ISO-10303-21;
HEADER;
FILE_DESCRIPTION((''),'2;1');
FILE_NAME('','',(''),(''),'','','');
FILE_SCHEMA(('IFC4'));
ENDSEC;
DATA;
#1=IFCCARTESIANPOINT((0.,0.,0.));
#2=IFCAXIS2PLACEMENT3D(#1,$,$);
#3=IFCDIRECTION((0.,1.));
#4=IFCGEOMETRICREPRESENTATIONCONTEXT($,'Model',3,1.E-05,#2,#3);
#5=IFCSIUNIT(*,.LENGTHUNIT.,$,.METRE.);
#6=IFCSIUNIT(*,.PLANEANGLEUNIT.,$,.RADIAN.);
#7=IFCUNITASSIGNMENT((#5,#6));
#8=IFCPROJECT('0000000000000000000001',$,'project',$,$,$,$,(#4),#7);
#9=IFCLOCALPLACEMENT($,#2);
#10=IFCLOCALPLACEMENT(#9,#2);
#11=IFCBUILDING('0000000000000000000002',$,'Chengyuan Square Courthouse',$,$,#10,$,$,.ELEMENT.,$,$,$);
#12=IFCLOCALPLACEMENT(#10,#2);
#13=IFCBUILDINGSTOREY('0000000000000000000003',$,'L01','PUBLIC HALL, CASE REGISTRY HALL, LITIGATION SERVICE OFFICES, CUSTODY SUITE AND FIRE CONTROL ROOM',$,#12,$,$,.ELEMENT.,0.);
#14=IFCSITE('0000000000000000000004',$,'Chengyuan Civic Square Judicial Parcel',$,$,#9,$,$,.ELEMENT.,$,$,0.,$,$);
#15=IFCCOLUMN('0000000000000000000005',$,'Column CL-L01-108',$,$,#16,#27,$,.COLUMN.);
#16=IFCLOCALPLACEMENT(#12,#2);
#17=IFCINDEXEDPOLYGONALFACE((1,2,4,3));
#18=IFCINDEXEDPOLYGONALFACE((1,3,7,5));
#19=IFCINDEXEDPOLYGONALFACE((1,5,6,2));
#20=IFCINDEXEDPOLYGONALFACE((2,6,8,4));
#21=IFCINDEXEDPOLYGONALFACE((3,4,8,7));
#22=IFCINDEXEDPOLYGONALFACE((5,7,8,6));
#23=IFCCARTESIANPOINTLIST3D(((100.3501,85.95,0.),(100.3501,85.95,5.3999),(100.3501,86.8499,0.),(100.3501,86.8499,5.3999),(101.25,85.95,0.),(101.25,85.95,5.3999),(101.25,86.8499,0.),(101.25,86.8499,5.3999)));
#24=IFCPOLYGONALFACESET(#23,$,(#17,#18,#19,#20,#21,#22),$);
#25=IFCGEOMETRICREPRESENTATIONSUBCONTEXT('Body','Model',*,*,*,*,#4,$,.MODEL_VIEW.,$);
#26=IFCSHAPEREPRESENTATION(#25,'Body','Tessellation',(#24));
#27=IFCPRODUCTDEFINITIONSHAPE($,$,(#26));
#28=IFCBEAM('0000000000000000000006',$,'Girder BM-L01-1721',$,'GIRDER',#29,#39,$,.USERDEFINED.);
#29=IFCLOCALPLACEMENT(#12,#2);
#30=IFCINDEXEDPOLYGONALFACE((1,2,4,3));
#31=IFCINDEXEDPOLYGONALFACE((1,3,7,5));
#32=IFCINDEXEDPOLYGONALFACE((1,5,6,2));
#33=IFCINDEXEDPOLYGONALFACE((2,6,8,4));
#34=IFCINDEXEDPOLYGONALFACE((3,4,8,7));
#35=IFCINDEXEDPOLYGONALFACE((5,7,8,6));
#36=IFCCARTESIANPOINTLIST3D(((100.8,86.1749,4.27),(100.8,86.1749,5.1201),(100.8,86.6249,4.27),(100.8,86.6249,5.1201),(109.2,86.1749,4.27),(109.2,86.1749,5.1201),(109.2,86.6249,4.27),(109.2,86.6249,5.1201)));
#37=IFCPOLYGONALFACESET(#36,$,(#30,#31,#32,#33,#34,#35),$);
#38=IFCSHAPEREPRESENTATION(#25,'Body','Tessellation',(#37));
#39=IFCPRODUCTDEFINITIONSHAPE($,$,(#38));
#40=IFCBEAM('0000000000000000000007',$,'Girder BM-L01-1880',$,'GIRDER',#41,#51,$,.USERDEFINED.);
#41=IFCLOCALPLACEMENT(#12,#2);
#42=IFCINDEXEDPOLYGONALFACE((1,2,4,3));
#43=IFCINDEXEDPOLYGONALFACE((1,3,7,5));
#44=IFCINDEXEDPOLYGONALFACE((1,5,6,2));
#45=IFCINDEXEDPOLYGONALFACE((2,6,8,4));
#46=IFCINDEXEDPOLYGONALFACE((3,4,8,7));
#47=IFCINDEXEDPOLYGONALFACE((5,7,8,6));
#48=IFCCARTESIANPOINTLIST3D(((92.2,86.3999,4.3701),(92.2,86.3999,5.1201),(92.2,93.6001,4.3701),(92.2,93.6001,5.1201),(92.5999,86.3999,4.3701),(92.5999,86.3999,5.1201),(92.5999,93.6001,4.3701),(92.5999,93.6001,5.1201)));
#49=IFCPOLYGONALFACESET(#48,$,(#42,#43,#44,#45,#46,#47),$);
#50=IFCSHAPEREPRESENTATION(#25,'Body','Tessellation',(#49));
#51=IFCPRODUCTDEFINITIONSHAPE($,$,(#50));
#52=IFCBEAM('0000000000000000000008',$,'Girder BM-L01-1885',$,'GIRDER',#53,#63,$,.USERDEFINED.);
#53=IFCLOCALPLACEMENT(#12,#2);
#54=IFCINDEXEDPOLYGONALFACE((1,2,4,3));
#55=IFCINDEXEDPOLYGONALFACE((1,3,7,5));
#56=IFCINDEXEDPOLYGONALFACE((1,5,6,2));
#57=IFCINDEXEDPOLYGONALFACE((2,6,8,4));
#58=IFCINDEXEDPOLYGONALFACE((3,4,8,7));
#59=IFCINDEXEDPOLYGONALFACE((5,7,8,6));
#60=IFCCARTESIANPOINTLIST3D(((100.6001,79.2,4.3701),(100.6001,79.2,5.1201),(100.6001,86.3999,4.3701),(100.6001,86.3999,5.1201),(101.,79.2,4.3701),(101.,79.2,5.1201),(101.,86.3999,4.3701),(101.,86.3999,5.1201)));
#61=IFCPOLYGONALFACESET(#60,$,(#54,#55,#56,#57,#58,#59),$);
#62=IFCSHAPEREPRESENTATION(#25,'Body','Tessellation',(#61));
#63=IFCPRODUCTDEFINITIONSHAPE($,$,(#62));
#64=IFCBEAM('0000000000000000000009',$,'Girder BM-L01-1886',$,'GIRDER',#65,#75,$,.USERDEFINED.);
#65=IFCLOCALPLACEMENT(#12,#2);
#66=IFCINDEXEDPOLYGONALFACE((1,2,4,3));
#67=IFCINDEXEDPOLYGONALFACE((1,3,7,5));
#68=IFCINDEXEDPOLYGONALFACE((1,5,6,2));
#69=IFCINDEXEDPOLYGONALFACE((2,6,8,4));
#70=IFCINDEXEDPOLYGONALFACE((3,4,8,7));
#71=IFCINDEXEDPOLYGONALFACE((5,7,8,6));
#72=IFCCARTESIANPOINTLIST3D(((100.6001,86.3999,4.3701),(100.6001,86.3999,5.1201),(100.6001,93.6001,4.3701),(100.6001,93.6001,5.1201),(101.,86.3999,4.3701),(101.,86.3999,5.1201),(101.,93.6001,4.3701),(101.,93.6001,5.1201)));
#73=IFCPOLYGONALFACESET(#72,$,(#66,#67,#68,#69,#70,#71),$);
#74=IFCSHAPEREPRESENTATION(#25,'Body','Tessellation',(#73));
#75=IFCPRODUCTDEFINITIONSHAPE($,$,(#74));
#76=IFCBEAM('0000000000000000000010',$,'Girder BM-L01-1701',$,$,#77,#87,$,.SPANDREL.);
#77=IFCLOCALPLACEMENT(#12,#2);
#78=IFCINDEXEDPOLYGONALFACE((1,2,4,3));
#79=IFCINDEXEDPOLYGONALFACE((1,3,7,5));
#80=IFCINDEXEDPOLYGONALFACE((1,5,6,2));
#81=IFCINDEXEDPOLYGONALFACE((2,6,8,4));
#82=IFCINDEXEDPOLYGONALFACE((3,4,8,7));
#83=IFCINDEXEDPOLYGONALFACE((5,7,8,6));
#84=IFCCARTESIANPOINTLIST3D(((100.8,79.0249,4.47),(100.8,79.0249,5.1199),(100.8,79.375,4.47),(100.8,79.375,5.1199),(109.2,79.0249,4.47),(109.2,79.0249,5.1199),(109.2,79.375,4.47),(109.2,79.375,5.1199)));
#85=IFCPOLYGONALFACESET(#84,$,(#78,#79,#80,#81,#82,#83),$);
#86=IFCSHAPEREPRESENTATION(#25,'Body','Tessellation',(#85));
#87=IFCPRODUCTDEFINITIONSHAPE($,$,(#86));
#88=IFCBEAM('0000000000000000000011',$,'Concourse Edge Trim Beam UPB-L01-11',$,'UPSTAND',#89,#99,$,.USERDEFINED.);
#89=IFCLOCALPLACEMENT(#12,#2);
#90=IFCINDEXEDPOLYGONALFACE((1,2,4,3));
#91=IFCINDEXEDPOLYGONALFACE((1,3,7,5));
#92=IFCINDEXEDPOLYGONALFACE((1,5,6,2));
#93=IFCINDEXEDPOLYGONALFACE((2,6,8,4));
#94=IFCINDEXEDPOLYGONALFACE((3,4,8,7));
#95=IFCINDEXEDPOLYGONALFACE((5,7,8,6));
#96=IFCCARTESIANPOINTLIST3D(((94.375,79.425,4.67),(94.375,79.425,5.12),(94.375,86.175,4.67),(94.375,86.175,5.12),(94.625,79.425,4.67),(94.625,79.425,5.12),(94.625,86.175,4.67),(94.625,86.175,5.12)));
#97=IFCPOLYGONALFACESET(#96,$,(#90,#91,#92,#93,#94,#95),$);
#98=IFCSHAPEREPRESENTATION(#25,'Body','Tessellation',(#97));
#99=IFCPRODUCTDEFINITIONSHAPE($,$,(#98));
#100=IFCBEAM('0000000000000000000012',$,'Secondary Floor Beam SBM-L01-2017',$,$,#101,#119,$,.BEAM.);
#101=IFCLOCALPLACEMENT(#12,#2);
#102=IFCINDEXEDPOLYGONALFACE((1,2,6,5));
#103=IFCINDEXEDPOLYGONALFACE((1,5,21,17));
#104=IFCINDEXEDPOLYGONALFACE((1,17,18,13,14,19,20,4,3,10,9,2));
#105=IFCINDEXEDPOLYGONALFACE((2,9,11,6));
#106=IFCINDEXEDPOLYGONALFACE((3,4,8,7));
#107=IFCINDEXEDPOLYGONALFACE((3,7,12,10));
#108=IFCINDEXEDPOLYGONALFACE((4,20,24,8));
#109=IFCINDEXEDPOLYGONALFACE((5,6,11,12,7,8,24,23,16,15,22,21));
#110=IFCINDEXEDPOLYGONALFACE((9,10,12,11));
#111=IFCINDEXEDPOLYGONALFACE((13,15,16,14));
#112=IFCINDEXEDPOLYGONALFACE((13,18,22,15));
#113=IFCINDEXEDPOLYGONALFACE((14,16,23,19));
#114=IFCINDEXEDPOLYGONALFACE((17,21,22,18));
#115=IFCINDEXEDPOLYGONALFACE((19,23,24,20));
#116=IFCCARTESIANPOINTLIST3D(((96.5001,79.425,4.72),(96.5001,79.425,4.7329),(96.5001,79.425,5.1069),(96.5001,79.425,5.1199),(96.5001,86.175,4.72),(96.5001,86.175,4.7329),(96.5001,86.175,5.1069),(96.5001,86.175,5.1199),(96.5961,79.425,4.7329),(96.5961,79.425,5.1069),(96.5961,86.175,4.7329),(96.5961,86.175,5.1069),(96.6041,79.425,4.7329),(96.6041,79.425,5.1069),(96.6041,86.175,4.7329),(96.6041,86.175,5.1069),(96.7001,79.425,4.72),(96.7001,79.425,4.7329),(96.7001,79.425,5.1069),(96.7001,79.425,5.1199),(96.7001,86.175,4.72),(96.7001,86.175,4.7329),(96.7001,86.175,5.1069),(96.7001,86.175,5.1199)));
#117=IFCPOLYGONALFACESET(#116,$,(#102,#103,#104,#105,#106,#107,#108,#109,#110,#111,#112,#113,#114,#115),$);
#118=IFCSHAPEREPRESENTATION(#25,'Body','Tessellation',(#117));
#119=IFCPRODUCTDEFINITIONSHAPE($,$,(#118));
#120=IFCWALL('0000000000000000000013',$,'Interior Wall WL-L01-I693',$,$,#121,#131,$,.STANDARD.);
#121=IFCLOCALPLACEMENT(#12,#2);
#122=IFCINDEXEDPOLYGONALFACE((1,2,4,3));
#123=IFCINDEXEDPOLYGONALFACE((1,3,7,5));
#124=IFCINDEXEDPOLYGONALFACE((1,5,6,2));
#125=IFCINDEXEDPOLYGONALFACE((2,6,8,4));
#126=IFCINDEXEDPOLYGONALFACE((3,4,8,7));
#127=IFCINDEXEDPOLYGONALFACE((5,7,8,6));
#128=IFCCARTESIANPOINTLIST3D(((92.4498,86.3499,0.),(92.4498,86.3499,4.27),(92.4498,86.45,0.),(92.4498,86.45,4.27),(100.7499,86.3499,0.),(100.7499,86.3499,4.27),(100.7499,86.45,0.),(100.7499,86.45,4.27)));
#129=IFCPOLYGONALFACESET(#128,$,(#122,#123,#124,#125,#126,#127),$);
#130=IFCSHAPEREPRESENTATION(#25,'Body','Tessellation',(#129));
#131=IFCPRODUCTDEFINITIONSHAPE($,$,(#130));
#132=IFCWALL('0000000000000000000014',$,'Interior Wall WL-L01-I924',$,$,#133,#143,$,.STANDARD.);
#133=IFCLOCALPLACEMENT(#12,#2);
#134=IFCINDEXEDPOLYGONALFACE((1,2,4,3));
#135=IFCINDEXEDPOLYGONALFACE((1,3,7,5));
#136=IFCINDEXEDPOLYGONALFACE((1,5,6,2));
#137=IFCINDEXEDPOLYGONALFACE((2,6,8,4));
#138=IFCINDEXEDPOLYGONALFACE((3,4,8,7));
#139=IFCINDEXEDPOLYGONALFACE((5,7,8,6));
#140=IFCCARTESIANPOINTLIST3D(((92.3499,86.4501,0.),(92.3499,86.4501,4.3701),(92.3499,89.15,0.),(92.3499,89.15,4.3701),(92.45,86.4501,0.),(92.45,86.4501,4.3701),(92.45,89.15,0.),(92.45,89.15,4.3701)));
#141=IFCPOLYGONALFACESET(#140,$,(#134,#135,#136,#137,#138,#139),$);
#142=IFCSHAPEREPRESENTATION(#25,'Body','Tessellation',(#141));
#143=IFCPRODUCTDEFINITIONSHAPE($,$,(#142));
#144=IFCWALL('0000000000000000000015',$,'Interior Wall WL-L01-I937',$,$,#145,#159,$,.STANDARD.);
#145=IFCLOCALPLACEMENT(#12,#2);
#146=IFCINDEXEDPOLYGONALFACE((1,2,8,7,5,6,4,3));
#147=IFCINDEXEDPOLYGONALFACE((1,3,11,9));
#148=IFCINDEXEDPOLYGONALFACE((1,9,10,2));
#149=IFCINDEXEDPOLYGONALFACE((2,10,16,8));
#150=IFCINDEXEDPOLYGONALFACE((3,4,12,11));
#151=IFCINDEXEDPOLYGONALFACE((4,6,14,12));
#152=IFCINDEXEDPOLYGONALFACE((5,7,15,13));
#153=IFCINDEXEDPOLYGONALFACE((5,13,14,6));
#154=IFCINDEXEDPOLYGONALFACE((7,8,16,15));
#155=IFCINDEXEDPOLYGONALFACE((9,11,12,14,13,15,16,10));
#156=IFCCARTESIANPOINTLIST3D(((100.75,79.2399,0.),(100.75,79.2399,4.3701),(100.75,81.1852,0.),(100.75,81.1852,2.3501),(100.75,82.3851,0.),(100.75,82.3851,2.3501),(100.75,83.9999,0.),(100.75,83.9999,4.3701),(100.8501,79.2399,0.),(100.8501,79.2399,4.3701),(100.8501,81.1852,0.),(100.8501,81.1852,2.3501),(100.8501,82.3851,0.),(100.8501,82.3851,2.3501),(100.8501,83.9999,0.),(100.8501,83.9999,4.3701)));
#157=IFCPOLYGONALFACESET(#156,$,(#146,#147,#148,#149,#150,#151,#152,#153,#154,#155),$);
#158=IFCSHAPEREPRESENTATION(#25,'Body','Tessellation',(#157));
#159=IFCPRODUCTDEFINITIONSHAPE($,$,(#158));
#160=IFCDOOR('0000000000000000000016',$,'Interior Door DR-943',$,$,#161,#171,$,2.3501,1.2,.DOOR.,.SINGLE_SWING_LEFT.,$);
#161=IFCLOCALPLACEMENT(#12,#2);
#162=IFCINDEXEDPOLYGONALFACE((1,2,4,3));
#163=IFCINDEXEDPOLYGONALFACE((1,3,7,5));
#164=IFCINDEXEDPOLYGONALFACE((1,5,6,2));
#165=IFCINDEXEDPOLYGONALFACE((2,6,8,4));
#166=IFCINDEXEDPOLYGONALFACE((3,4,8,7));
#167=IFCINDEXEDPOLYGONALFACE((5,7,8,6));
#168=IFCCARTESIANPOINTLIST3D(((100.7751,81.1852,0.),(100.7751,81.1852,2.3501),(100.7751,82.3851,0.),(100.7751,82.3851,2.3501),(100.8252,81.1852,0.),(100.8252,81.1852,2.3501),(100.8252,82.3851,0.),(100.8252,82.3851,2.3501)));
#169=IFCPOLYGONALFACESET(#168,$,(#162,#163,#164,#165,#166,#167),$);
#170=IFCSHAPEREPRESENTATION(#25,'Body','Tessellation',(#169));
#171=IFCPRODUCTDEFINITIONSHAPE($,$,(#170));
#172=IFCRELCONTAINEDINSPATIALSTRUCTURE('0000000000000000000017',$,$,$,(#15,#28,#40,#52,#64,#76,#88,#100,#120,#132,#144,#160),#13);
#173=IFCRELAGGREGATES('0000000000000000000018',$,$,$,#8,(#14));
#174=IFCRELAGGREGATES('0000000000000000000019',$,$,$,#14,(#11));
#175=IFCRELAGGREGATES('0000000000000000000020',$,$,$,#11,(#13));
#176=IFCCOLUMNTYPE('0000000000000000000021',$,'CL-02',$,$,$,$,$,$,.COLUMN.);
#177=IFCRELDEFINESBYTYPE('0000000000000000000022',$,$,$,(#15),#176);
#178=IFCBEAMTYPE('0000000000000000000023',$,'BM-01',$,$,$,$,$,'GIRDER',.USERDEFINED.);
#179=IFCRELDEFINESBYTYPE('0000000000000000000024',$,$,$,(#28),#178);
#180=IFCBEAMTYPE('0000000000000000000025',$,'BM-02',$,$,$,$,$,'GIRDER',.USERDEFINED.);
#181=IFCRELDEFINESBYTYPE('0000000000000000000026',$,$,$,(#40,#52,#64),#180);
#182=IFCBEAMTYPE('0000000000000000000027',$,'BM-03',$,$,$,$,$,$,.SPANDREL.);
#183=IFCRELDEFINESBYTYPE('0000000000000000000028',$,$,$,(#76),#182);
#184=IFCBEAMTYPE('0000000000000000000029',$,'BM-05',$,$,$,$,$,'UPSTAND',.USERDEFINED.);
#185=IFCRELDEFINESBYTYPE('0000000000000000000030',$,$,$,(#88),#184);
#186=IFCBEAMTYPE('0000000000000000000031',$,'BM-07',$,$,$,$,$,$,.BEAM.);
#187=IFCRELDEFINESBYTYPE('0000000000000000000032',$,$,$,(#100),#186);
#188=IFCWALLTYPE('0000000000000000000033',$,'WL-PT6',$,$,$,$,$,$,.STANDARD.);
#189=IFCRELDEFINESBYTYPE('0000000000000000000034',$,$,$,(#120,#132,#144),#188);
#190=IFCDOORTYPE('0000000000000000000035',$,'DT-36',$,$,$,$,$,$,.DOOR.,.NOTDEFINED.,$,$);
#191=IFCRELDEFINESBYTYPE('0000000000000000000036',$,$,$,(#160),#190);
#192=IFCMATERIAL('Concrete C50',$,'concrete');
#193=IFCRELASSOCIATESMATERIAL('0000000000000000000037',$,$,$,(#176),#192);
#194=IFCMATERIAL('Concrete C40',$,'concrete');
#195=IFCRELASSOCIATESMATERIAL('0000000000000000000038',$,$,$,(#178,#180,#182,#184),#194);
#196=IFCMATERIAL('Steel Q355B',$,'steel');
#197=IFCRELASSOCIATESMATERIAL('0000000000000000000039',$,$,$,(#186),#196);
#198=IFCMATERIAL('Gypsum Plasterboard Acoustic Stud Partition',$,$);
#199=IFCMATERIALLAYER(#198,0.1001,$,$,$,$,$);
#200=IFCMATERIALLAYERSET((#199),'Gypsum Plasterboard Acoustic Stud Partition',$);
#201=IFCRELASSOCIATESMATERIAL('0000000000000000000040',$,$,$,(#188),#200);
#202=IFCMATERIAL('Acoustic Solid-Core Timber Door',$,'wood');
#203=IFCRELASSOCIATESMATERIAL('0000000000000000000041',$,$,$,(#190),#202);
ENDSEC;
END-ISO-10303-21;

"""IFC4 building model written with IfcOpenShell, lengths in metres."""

from ifc_helpers import new_model, si_unit, direction, frame, frame_2d, origin, origin_2d, place, context, subcontext, project, spatial, rectangle, i_section, extrude, material, layer, layer_set, material_profile, profile_set, type_object, element, fill, save


model = new_model("IFC4")

# Units and contexts
model_context = context("Model", 3, precision=1e-05, world=origin(), true_north=direction((0.0, 1.0)))
body_context = subcontext(model_context, "Body", "Model", "MODEL_VIEW")
ifc_project = project(units=[si_unit("LENGTHUNIT", "METRE"), si_unit("PLANEANGLEUNIT", "RADIAN")], contexts=[model_context])

# Site, building, storey
site_placement = place(None, origin())
site = spatial("IfcSite", under=ifc_project, at=site_placement, Name="Chengyuan Civic Square Judicial Parcel", CompositionType="ELEMENT", RefElevation=0.0)
building_placement = place(site_placement, origin())
building = spatial("IfcBuilding", under=site, at=building_placement, Name="Chengyuan Square Courthouse", CompositionType="ELEMENT")
storey_placement = place(building_placement, origin())
storey = spatial("IfcBuildingStorey", under=building, at=storey_placement, Name="L01", Description="PUBLIC HALL, CASE REGISTRY HALL, LITIGATION SERVICE OFFICES, CUSTODY SUITE AND FIRE CONTROL ROOM", CompositionType="ELEMENT", Elevation=0.0)

# Column
ifc_material_1 = material(Name="Concrete C50", Category="concrete")
ifc_material_profile_1 = material_profile(ifc_material_1, rectangle(XDim=0.8999, YDim=0.8999, at=origin_2d()), Name="RC-COL-900x900")
ifc_profile_set_1 = profile_set([ifc_material_profile_1], Name="Concrete C50")
column_type = type_object("IfcColumnType", Name="CL-02", PredefinedType="COLUMN", material=ifc_profile_set_1)
column_placement = place(storey_placement, frame((100.8, 86.3999, 0.0), z_axis=(0.0, 0.0, 1.0), x_axis=(1.0, 0.0, 0.0)))
element("IfcColumn", 1, at=column_placement, inside=storey, type_object=column_type, Name="Column CL-L01-108", PredefinedType="COLUMN", context=body_context, shape_type="SweptSolid", body=[
    extrude(rectangle(XDim=0.8999, YDim=0.8999, at=origin_2d()), origin(), (0.0, 0.0, 1.0), 5.3999),
])

# Beams
ifc_material_2 = material(Name="Concrete C40", Category="concrete")
ifc_material_profile_2 = material_profile(ifc_material_2, rectangle(XDim=0.45, YDim=0.8501, at=origin_2d()), Name="RC-BM-450x850")
ifc_profile_set_2 = profile_set([ifc_material_profile_2], Name="Concrete C40")
beam_type_1 = type_object("IfcBeamType", Name="BM-01", ElementType="GIRDER", PredefinedType="USERDEFINED", material=ifc_profile_set_2)
beam_1_placement = place(storey_placement, frame((100.8, 86.3999, 4.6951), z_axis=(1.0, 0.0, 0.0), x_axis=(0.0, 1.0, 0.0)))
element("IfcBeam", 2, at=beam_1_placement, inside=storey, type_object=beam_type_1, Name="Girder BM-L01-1721", ObjectType="GIRDER", PredefinedType="USERDEFINED", context=body_context, shape_type="SweptSolid", body=[
    extrude(rectangle(XDim=0.45, YDim=0.8501, at=origin_2d()), origin(), (0.0, 0.0, 1.0), 8.3999),
])
ifc_material_profile_3 = material_profile(ifc_material_2, rectangle(XDim=0.3999, YDim=0.75, at=origin_2d()), Name="RC-BM-400x750")
ifc_profile_set_3 = profile_set([ifc_material_profile_3], Name="Concrete C40")
beam_type_2 = type_object("IfcBeamType", Name="BM-02", ElementType="GIRDER", PredefinedType="USERDEFINED", material=ifc_profile_set_3)
beam_2_placement = place(storey_placement, frame((92.3999, 86.3999, 4.7451), z_axis=(0.0, 1.0, 0.0), x_axis=(-1.0, 0.0, 0.0)))
element("IfcBeam", 3, at=beam_2_placement, inside=storey, type_object=beam_type_2, Name="Girder BM-L01-1880", ObjectType="GIRDER", PredefinedType="USERDEFINED", context=body_context, shape_type="SweptSolid", body=[
    extrude(rectangle(XDim=0.3999, YDim=0.75, at=origin_2d()), origin(), (0.0, 0.0, 1.0), 7.2002),
])
beam_3_placement = place(storey_placement, frame((100.8, 79.2, 4.7451), z_axis=(0.0, 1.0, 0.0), x_axis=(-1.0, 0.0, 0.0)))
element("IfcBeam", 4, at=beam_3_placement, inside=storey, type_object=beam_type_2, Name="Girder BM-L01-1885", ObjectType="GIRDER", PredefinedType="USERDEFINED", context=body_context, shape_type="SweptSolid", body=[
    extrude(rectangle(XDim=0.3999, YDim=0.75, at=origin_2d()), origin(), (0.0, 0.0, 1.0), 7.2),
])
beam_4_placement = place(storey_placement, frame((100.8, 86.3999, 4.7451), z_axis=(0.0, 1.0, 0.0), x_axis=(-1.0, 0.0, 0.0)))
element("IfcBeam", 5, at=beam_4_placement, inside=storey, type_object=beam_type_2, Name="Girder BM-L01-1886", ObjectType="GIRDER", PredefinedType="USERDEFINED", context=body_context, shape_type="SweptSolid", body=[
    extrude(rectangle(XDim=0.3999, YDim=0.75, at=origin_2d()), origin(), (0.0, 0.0, 1.0), 7.2002),
])
ifc_material_profile_4 = material_profile(ifc_material_2, rectangle(XDim=0.3501, YDim=0.6499, at=origin_2d()), Name="RC-BM-350x650")
ifc_profile_set_4 = profile_set([ifc_material_profile_4], Name="Concrete C40")
beam_type_3 = type_object("IfcBeamType", Name="BM-03", PredefinedType="SPANDREL", material=ifc_profile_set_4)
beam_5_placement = place(storey_placement, frame((100.8, 79.2, 4.7949), z_axis=(1.0, 0.0, 0.0), x_axis=(0.0, 1.0, 0.0)))
element("IfcBeam", 6, at=beam_5_placement, inside=storey, type_object=beam_type_3, Name="Girder BM-L01-1701", PredefinedType="SPANDREL", context=body_context, shape_type="SweptSolid", body=[
    extrude(rectangle(XDim=0.3501, YDim=0.6499, at=origin_2d()), origin(), (0.0, 0.0, 1.0), 8.3999),
])
ifc_material_profile_5 = material_profile(ifc_material_2, rectangle(XDim=0.25, YDim=0.45, at=origin_2d()), Name="RC-UP-250x450")
ifc_profile_set_5 = profile_set([ifc_material_profile_5], Name="Concrete C40")
beam_type_4 = type_object("IfcBeamType", Name="BM-05", ElementType="UPSTAND", PredefinedType="USERDEFINED", material=ifc_profile_set_5)
beam_6_placement = place(storey_placement, frame((94.5, 79.425, 4.895), z_axis=(0.0, 1.0, 0.0), x_axis=(-1.0, 0.0, 0.0)))
element("IfcBeam", 7, at=beam_6_placement, inside=storey, type_object=beam_type_4, Name="Concourse Edge Trim Beam UPB-L01-11", ObjectType="UPSTAND", PredefinedType="USERDEFINED", context=body_context, shape_type="SweptSolid", body=[
    extrude(rectangle(XDim=0.25, YDim=0.45, at=origin_2d()), origin(), (0.0, 0.0, 1.0), 6.75),
])
ifc_material_3 = material(Name="Steel Q355B", Category="steel")
ifc_material_profile_6 = material_profile(ifc_material_3, i_section(OverallWidth=0.2, OverallDepth=0.3999, WebThickness=0.0081, FlangeThickness=0.0129, at=origin_2d()), Name="HN 400x200x8x13")
ifc_profile_set_6 = profile_set([ifc_material_profile_6], Name="Steel Q355B")
beam_type_5 = type_object("IfcBeamType", Name="BM-07", PredefinedType="BEAM", material=ifc_profile_set_6)
beam_7_placement = place(storey_placement, frame((96.6001, 79.425, 4.9199), z_axis=(0.0, 1.0, 0.0), x_axis=(-1.0, 0.0, 0.0)))
element("IfcBeam", 8, at=beam_7_placement, inside=storey, type_object=beam_type_5, Name="Secondary Floor Beam SBM-L01-2017", PredefinedType="BEAM", context=body_context, shape_type="SweptSolid", body=[
    extrude(i_section(OverallWidth=0.2, OverallDepth=0.3999, WebThickness=0.0081, FlangeThickness=0.0129, at=origin_2d()), origin(), (0.0, 0.0, 1.0), 6.75),
])

# Walls
ifc_material_4 = material(Name="Gypsum Plasterboard Acoustic Stud Partition")
ifc_layer_1 = layer(ifc_material_4, 0.1001)
ifc_layer_set_1 = layer_set([ifc_layer_1], Name="Gypsum Plasterboard Acoustic Stud Partition")
wall_type_1 = type_object("IfcWallType", Name="WL-PT6", PredefinedType="STANDARD", material=ifc_layer_set_1)
wall_1_placement = place(storey_placement, frame((92.45, 86.3999, 0.0), z_axis=(0.0, 0.0, 1.0), x_axis=(1.0, 0.0, 0.0)))
element("IfcWall", 9, at=wall_1_placement, inside=storey, type_object=wall_type_1, Name="Interior Wall WL-L01-I693", PredefinedType="STANDARD", context=body_context, shape_type="SweptSolid", body=[
    extrude(rectangle(XDim=8.3, YDim=0.1001, at=frame_2d((4.1499, 0.0))), origin(), (0.0, 0.0, 1.0), 4.27),
])
wall_2_placement = place(storey_placement, frame((92.3999, 86.45, 0.0), z_axis=(0.0, 0.0, 1.0), x_axis=(0.0, 1.0, 0.0)))
element("IfcWall", 10, at=wall_2_placement, inside=storey, type_object=wall_type_1, Name="Interior Wall WL-L01-I924", PredefinedType="STANDARD", context=body_context, shape_type="SweptSolid", body=[
    extrude(rectangle(XDim=2.7, YDim=0.1001, at=frame_2d((1.3501, 0.0))), origin(), (0.0, 0.0, 1.0), 4.3701),
])

# Wall, opening, door
wall_3_placement = place(storey_placement, frame((100.8, 79.24, 0.0), z_axis=(0.0, 0.0, 1.0), x_axis=(0.0, 1.0, 0.0)))
wall_3 = element("IfcWall", 11, at=wall_3_placement, inside=storey, type_object=wall_type_1, Name="Interior Wall WL-L01-I937", PredefinedType="STANDARD", context=body_context, shape_type="SweptSolid", body=[
    extrude(rectangle(XDim=4.76, YDim=0.1001, at=frame_2d((2.3799, 0.0))), origin(), (0.0, 0.0, 1.0), 4.3701),
])
opening_placement = place(wall_3_placement, frame((1.9451, 0.0, 0.0)))
opening = element("IfcOpeningElement", 12, at=opening_placement, cuts=wall_3, PredefinedType="OPENING", context=body_context, shape_type="SweptSolid", body=[
    extrude(rectangle(XDim=1.2, YDim=2.3501, at=frame_2d((0.6001, 1.175))), frame((0.0, 0.062, 0.0), z_axis=(0.0, -1.0, 0.0), x_axis=(1.0, 0.0, 0.0)), (0.0, 0.0, 1.0), 0.124),
])
ifc_material_5 = material(Name="Acoustic Solid-Core Timber Door", Category="wood")
door_type = type_object("IfcDoorType", Name="DT-36", OperationType="NOTDEFINED", PredefinedType="DOOR", material=ifc_material_5)
door_placement = place(opening_placement, origin())
door = element("IfcDoor", 13, at=door_placement, inside=storey, type_object=door_type, Name="Interior Door DR-943", OperationType="SINGLE_SWING_LEFT", OverallHeight=2.3501, OverallWidth=1.2, PredefinedType="DOOR", context=body_context, shape_type="SweptSolid", body=[
    extrude(rectangle(XDim=1.2, YDim=2.3501, at=frame_2d((0.6001, 1.175))), frame((0.0, 0.0249, 0.0), z_axis=(0.0, -1.0, 0.0), x_axis=(1.0, 0.0, 0.0)), (0.0, 0.0, 1.0), 0.05),
])
fill(opening, door)

save(model, "model.ifc")
